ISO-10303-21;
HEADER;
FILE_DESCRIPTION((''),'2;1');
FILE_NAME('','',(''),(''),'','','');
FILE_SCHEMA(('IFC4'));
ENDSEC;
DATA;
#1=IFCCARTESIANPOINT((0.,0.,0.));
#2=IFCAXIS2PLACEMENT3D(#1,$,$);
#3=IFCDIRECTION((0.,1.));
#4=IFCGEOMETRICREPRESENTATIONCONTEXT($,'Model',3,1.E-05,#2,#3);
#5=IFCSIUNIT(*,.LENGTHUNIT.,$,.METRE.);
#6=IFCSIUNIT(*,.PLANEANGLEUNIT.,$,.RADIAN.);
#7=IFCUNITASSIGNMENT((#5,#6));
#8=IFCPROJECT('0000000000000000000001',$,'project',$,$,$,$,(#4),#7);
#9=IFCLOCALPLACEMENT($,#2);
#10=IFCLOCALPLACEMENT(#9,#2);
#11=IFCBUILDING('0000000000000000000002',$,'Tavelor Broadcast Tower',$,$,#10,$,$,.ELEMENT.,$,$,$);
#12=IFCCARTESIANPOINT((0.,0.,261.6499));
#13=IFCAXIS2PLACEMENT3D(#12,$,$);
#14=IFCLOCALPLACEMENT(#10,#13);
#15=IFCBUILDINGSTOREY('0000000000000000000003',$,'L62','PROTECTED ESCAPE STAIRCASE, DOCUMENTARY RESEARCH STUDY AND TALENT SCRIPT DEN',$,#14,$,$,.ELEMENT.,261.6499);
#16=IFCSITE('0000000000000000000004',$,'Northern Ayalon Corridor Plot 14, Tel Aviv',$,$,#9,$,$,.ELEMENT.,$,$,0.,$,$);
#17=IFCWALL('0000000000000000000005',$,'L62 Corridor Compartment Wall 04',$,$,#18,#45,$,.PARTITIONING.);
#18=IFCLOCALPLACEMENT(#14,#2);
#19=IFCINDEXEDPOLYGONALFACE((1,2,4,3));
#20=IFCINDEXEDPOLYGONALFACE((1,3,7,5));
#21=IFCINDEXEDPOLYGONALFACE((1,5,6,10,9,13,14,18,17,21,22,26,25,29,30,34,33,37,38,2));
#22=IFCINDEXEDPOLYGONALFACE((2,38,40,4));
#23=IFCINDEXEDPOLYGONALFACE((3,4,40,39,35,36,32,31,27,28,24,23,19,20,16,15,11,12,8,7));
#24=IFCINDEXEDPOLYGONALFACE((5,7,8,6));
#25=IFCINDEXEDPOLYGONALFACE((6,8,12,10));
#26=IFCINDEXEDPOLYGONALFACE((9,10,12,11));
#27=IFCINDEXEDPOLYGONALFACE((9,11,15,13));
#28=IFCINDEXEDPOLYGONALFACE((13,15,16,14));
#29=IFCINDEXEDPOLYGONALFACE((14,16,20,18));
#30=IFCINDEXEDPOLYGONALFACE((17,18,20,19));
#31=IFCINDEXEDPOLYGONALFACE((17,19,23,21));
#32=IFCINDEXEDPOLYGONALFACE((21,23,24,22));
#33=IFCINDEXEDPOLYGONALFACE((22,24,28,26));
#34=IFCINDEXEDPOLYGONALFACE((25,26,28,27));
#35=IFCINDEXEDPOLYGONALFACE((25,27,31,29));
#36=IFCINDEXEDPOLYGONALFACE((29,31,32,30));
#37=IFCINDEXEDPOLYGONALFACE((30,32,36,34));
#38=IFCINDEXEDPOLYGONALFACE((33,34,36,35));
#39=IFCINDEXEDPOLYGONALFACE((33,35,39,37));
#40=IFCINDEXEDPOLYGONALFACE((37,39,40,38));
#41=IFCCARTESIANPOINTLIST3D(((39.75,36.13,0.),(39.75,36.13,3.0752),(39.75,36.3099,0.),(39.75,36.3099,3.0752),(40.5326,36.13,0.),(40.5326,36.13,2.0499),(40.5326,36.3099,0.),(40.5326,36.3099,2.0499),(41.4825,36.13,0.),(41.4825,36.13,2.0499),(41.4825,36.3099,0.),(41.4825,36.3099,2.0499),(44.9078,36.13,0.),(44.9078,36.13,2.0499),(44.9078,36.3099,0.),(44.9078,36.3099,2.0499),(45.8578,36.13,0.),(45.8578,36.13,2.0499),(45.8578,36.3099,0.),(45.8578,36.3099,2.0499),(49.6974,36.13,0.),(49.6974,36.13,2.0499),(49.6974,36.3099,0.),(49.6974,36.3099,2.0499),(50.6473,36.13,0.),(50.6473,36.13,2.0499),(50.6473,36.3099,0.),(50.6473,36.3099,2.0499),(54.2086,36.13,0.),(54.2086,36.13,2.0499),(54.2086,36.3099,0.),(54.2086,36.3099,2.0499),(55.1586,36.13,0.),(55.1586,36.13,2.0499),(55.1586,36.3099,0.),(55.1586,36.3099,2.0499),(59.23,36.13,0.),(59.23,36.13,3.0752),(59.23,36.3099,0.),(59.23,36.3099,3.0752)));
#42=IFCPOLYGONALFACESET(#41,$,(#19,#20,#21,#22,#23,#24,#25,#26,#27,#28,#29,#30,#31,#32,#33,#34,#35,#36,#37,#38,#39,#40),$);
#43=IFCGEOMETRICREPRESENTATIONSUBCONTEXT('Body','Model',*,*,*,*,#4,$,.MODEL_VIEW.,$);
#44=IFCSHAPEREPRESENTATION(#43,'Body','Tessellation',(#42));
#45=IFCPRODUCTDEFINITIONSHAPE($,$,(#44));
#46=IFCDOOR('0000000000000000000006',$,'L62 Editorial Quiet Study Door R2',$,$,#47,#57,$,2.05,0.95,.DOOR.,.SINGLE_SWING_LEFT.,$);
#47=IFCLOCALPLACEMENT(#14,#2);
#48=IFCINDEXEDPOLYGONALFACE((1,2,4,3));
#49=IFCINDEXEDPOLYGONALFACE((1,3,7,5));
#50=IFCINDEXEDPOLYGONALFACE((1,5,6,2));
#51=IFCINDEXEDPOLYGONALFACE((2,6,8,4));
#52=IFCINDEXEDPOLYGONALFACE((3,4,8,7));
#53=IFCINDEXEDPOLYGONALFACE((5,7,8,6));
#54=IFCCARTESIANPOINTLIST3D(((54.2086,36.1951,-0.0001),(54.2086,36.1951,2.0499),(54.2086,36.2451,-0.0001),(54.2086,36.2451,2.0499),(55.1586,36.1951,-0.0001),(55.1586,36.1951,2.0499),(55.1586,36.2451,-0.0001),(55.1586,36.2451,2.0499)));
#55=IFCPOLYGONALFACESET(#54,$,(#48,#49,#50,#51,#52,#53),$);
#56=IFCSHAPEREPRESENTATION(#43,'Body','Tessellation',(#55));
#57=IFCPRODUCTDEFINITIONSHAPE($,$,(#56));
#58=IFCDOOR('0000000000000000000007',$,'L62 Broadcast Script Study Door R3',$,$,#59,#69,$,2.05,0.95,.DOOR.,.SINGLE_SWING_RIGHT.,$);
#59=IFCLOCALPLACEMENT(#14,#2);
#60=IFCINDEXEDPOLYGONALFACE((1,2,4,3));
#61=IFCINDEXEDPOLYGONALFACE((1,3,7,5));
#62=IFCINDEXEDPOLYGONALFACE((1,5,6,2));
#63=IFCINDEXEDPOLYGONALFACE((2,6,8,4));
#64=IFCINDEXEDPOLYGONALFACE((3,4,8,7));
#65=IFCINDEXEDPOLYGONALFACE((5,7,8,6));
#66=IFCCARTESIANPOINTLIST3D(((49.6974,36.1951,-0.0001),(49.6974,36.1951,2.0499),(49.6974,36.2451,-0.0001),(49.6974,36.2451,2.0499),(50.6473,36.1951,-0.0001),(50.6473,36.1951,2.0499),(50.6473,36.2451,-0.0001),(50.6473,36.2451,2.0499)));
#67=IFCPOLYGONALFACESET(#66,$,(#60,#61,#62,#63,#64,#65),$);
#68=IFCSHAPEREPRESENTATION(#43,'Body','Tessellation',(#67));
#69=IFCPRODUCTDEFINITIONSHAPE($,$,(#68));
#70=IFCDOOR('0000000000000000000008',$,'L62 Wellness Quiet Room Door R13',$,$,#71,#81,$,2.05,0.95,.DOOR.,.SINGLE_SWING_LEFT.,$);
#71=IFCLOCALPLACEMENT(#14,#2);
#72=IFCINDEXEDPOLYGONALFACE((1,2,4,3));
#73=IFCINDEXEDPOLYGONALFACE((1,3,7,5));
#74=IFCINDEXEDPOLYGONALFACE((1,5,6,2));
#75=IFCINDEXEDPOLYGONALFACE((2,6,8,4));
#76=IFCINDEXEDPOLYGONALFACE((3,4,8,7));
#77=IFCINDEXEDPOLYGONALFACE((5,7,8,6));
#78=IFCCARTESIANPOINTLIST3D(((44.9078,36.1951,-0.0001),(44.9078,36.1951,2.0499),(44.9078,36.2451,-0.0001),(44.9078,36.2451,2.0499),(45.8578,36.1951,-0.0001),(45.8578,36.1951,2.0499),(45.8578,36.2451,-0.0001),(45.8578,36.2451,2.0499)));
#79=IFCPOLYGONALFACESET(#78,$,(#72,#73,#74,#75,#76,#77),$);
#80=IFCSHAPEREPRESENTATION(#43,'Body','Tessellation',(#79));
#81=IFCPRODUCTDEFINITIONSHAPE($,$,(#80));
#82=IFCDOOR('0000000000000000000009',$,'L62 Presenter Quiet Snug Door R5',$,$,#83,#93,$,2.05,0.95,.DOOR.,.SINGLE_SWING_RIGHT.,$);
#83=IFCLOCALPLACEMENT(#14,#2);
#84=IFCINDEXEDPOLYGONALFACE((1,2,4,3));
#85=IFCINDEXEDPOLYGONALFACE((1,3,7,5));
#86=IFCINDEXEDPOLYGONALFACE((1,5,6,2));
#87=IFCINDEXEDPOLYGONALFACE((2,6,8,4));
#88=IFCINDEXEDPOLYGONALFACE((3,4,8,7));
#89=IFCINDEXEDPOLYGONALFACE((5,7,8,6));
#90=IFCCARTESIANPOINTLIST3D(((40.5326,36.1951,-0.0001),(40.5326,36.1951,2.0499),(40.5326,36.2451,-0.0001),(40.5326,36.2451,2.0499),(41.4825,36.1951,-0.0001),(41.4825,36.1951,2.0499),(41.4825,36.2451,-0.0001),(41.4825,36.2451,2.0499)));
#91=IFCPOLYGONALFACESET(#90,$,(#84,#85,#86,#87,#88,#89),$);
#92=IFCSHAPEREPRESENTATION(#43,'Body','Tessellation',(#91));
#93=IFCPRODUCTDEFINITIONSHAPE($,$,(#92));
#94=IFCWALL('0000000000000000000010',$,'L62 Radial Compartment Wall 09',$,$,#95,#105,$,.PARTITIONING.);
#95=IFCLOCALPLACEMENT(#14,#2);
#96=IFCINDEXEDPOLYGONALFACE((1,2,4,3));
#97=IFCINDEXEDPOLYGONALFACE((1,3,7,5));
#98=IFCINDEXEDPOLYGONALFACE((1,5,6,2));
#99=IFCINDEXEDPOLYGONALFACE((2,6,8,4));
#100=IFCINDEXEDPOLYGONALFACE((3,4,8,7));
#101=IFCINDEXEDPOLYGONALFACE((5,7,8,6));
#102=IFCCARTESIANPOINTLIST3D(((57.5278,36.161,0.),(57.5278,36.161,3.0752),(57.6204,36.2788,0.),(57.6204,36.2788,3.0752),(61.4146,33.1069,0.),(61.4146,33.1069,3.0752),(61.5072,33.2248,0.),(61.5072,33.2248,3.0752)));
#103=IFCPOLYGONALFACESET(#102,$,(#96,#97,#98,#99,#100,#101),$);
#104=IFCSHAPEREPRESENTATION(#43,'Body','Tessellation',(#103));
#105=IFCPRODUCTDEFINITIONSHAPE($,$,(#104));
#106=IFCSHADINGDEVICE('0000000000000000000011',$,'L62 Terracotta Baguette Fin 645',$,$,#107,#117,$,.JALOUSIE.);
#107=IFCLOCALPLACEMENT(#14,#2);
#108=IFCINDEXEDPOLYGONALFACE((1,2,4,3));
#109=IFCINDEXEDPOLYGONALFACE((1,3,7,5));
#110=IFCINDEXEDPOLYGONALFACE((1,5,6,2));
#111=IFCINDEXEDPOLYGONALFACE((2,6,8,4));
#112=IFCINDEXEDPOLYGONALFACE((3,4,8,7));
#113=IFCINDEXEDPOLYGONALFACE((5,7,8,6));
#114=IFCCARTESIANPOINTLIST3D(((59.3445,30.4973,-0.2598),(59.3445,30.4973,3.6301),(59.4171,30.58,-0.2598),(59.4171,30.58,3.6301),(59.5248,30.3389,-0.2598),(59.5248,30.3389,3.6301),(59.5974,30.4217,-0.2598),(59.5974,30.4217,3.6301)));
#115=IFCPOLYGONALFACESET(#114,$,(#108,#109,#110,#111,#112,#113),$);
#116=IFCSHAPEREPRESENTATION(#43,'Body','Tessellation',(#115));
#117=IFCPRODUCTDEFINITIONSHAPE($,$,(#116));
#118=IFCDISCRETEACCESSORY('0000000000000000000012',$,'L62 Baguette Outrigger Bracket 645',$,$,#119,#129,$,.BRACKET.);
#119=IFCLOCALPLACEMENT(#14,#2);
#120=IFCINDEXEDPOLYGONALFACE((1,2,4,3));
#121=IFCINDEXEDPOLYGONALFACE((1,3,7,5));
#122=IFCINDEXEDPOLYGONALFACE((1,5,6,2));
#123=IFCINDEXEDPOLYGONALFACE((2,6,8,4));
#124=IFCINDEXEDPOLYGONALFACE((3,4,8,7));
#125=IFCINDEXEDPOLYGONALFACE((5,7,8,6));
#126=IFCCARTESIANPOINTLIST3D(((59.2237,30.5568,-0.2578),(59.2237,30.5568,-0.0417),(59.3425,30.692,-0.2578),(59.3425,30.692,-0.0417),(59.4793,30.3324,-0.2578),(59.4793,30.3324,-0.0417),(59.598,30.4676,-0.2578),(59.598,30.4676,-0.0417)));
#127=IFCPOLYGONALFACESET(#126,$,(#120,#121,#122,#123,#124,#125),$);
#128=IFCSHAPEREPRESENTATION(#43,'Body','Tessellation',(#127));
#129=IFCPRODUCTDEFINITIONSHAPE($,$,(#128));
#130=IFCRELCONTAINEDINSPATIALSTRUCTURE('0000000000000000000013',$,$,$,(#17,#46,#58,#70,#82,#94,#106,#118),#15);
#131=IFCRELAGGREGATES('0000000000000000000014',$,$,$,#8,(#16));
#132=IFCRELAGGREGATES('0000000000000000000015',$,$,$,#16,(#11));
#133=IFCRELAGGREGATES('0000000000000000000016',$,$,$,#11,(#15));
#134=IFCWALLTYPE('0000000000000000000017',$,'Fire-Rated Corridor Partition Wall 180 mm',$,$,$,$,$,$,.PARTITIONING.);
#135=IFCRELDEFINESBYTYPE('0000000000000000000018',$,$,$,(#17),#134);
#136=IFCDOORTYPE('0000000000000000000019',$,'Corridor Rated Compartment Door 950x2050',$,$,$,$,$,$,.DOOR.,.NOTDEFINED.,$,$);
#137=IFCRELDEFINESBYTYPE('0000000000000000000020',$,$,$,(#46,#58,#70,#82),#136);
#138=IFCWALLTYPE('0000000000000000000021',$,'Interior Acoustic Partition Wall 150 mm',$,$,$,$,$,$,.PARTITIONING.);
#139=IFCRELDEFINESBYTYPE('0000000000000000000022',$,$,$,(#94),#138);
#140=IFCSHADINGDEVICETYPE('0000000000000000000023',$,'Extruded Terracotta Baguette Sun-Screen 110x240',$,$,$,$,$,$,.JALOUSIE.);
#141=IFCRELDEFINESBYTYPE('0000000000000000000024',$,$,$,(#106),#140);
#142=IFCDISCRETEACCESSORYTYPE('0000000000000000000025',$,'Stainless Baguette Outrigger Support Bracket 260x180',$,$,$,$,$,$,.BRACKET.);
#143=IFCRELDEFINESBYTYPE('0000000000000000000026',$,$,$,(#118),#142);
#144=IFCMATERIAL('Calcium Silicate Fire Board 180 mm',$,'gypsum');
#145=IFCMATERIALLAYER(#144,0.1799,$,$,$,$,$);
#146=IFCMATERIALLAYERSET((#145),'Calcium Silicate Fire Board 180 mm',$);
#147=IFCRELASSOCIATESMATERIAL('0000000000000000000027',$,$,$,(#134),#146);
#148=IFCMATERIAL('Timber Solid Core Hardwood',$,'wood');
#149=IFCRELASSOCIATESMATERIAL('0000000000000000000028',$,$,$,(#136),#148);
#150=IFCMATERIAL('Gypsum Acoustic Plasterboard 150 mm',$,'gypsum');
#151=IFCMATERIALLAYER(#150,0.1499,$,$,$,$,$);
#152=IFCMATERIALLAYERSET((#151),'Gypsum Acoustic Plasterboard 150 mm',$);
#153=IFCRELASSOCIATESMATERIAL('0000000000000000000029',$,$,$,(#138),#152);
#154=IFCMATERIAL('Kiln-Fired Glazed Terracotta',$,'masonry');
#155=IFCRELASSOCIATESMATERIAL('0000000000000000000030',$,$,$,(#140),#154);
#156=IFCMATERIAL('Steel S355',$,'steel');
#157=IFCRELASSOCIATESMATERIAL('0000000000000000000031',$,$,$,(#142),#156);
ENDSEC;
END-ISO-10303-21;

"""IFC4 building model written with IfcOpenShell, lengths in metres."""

from ifc_helpers import new_model, si_unit, direction, frame, frame_2d, origin, origin_2d, place, context, subcontext, project, spatial, rectangle, extrude, source, transform, mapped, material, layer, layer_set, type_object, type_shapes, element, fill, save


model = new_model("IFC4")

# Units and contexts
model_context = context("Model", 3, precision=1e-05, world=origin(), true_north=direction((0.0, 1.0)))
body_context = subcontext(model_context, "Body", "Model", "MODEL_VIEW")
ifc_project = project(units=[si_unit("LENGTHUNIT", "METRE"), si_unit("PLANEANGLEUNIT", "RADIAN")], contexts=[model_context])

# Site, building, storey
site_placement = place(None, origin())
site = spatial("IfcSite", under=ifc_project, at=site_placement, Name="Northern Ayalon Corridor Plot 14, Tel Aviv", CompositionType="ELEMENT", RefElevation=0.0)
building_placement = place(site_placement, origin())
building = spatial("IfcBuilding", under=site, at=building_placement, Name="Tavelor Broadcast Tower", CompositionType="ELEMENT")
storey_placement = place(building_placement, frame((0.0, 0.0, 261.6499)))
storey = spatial("IfcBuildingStorey", under=building, at=storey_placement, Name="L62", Description="PROTECTED ESCAPE STAIRCASE, DOCUMENTARY RESEARCH STUDY AND TALENT SCRIPT DEN", CompositionType="ELEMENT", Elevation=261.6499)

# Shared definitions
ifc_material_1 = material(Name="Steel S355", Category="steel")

# Wall, openings, doors
ifc_material_2 = material(Name="Calcium Silicate Fire Board 180 mm", Category="gypsum")
ifc_layer_1 = layer(ifc_material_2, 0.1799)
ifc_layer_set_1 = layer_set([ifc_layer_1], Name="Calcium Silicate Fire Board 180 mm")
wall_type_1 = type_object("IfcWallType", Name="Fire-Rated Corridor Partition Wall 180 mm", PredefinedType="PARTITIONING", material=ifc_layer_set_1)
wall_1_placement = place(storey_placement, frame((59.23, 36.22, 0.0), z_axis=(0.0, 0.0, 1.0), x_axis=(-1.0, 0.0, 0.0)))
wall_1 = element("IfcWall", 1, at=wall_1_placement, inside=storey, type_object=wall_type_1, Name="L62 Corridor Compartment Wall 04", PredefinedType="PARTITIONING", context=body_context, shape_type="SweptSolid", body=[
    extrude(rectangle(XDim=19.48, YDim=0.1799, at=frame_2d((9.74, 0.0))), origin(), (0.0, 0.0, 1.0), 3.0752),
])
opening_1_placement = place(wall_1_placement, frame((4.0713, 0.0, 0.0)))
opening_1 = element("IfcOpeningElement", 2, at=opening_1_placement, cuts=wall_1, PredefinedType="OPENING", context=body_context, shape_type="SweptSolid", body=[
    extrude(rectangle(XDim=0.95, YDim=2.05, at=frame_2d((0.4751, 1.0249))), frame((0.0, 0.1001, 0.0), z_axis=(0.0, -1.0, 0.0), x_axis=(1.0, 0.0, 0.0)), (0.0, 0.0, 1.0), 0.2),
])
opening_2_placement = place(wall_1_placement, frame((8.5825, 0.0, 0.0)))
opening_2 = element("IfcOpeningElement", 3, at=opening_2_placement, cuts=wall_1, PredefinedType="OPENING", context=body_context, shape_type="SweptSolid", body=[
    extrude(rectangle(XDim=0.95, YDim=2.05, at=frame_2d((0.4751, 1.0249))), frame((0.0, 0.1001, 0.0), z_axis=(0.0, -1.0, 0.0), x_axis=(1.0, 0.0, 0.0)), (0.0, 0.0, 1.0), 0.2),
])
opening_3_placement = place(wall_1_placement, frame((13.3721, 0.0, 0.0)))
opening_3 = element("IfcOpeningElement", 4, at=opening_3_placement, cuts=wall_1, PredefinedType="OPENING", context=body_context, shape_type="SweptSolid", body=[
    extrude(rectangle(XDim=0.95, YDim=2.05, at=frame_2d((0.4751, 1.0249))), frame((0.0, 0.1001, 0.0), z_axis=(0.0, -1.0, 0.0), x_axis=(1.0, 0.0, 0.0)), (0.0, 0.0, 1.0), 0.2),
])
opening_4_placement = place(wall_1_placement, frame((17.7473, 0.0, 0.0)))
opening_4 = element("IfcOpeningElement", 5, at=opening_4_placement, cuts=wall_1, PredefinedType="OPENING", context=body_context, shape_type="SweptSolid", body=[
    extrude(rectangle(XDim=0.95, YDim=2.05, at=frame_2d((0.4751, 1.0249))), frame((0.0, 0.1001, 0.0), z_axis=(0.0, -1.0, 0.0), x_axis=(1.0, 0.0, 0.0)), (0.0, 0.0, 1.0), 0.2),
])
ifc_material_3 = material(Name="Timber Solid Core Hardwood", Category="wood")
door_type = type_object("IfcDoorType", Name="Corridor Rated Compartment Door 950x2050", OperationType="NOTDEFINED", PredefinedType="DOOR", material=ifc_material_3)
door_1_placement = place(opening_1_placement, origin())
door_1 = element("IfcDoor", 6, at=door_1_placement, inside=storey, type_object=door_type, Name="L62 Editorial Quiet Study Door R2", OperationType="SINGLE_SWING_LEFT", OverallHeight=2.05, OverallWidth=0.95, PredefinedType="DOOR", context=body_context, shape_type="SweptSolid", body=[
    extrude(rectangle(XDim=0.95, YDim=2.05, at=frame_2d((0.4751, 1.0249))), frame((0.0, 0.0249, 0.0), z_axis=(0.0, -1.0, 0.0), x_axis=(1.0, 0.0, 0.0)), (0.0, 0.0, 1.0), 0.05),
])
fill(opening_1, door_1)
door_2_placement = place(opening_2_placement, origin())
door_2 = element("IfcDoor", 7, at=door_2_placement, inside=storey, type_object=door_type, Name="L62 Broadcast Script Study Door R3", OperationType="SINGLE_SWING_RIGHT", OverallHeight=2.05, OverallWidth=0.95, PredefinedType="DOOR", context=body_context, shape_type="SweptSolid", body=[
    extrude(rectangle(XDim=0.95, YDim=2.05, at=frame_2d((0.4751, 1.0249))), frame((0.0, 0.0249, 0.0), z_axis=(0.0, -1.0, 0.0), x_axis=(1.0, 0.0, 0.0)), (0.0, 0.0, 1.0), 0.05),
])
fill(opening_2, door_2)
door_3_placement = place(opening_3_placement, origin())
door_3 = element("IfcDoor", 8, at=door_3_placement, inside=storey, type_object=door_type, Name="L62 Wellness Quiet Room Door R13", OperationType="SINGLE_SWING_LEFT", OverallHeight=2.05, OverallWidth=0.95, PredefinedType="DOOR", context=body_context, shape_type="SweptSolid", body=[
    extrude(rectangle(XDim=0.95, YDim=2.05, at=frame_2d((0.4751, 1.0249))), frame((0.0, 0.0249, 0.0), z_axis=(0.0, -1.0, 0.0), x_axis=(1.0, 0.0, 0.0)), (0.0, 0.0, 1.0), 0.05),
])
fill(opening_3, door_3)
door_4_placement = place(opening_4_placement, origin())
door_4 = element("IfcDoor", 9, at=door_4_placement, inside=storey, type_object=door_type, Name="L62 Presenter Quiet Snug Door R5", OperationType="SINGLE_SWING_RIGHT", OverallHeight=2.05, OverallWidth=0.95, PredefinedType="DOOR", context=body_context, shape_type="SweptSolid", body=[
    extrude(rectangle(XDim=0.95, YDim=2.05, at=frame_2d((0.4751, 1.0249))), frame((0.0, 0.0249, 0.0), z_axis=(0.0, -1.0, 0.0), x_axis=(1.0, 0.0, 0.0)), (0.0, 0.0, 1.0), 0.05),
])
fill(opening_4, door_4)

# Wall
ifc_material_4 = material(Name="Gypsum Acoustic Plasterboard 150 mm", Category="gypsum")
ifc_layer_2 = layer(ifc_material_4, 0.1499)
ifc_layer_set_2 = layer_set([ifc_layer_2], Name="Gypsum Acoustic Plasterboard 150 mm")
wall_type_2 = type_object("IfcWallType", Name="Interior Acoustic Partition Wall 150 mm", PredefinedType="PARTITIONING", material=ifc_layer_set_2)
wall_2_placement = place(storey_placement, frame((57.574, 36.22, 0.0), z_axis=(0.0, 0.0, 1.0), x_axis=(0.786308, -0.617835, 0.0)))
element("IfcWall", 10, at=wall_2_placement, inside=storey, type_object=wall_type_2, Name="L62 Radial Compartment Wall 09", PredefinedType="PARTITIONING", context=body_context, shape_type="SweptSolid", body=[
    extrude(rectangle(XDim=4.9431, YDim=0.1499, at=frame_2d((2.4717, 0.0))), origin(), (0.0, 0.0, 1.0), 3.0752),
])

# Shading device
ifc_material_5 = material(Name="Kiln-Fired Glazed Terracotta", Category="masonry")
shading_device_type = type_object("IfcShadingDeviceType", Name="Extruded Terracotta Baguette Sun-Screen 110x240", PredefinedType="JALOUSIE", material=ifc_material_5)
shared_shape_1 = source(origin(), body_context, "Body", "SweptSolid", [
    extrude(rectangle(XDim=0.1101, YDim=0.24, at=origin_2d()), origin(), (0.0, 0.0, 1.0), 3.8899),
])
type_shapes(shading_device_type, [shared_shape_1])
shading_device_placement = place(storey_placement, frame((59.4709, 30.4595, -0.2598), z_axis=(0.0, 0.0, 1.0), x_axis=(0.659739, 0.751494, 0.0)))
element("IfcShadingDevice", 11, at=shading_device_placement, inside=storey, type_object=shading_device_type, Name="L62 Terracotta Baguette Fin 645", PredefinedType="JALOUSIE", context=body_context, shape_type="MappedRepresentation", body=[
    mapped(shared_shape_1, transform((0.0, 0.0, 0.0), scale=1.0)),
])

# Discrete accessory
discrete_accessory_type = type_object("IfcDiscreteAccessoryType", Name="Stainless Baguette Outrigger Support Bracket 260x180", PredefinedType="BRACKET", material=ifc_material_1)
shared_shape_2 = source(origin(), body_context, "Body", "SweptSolid", [
    extrude(rectangle(XDim=0.1799, YDim=0.3401, at=origin_2d()), origin(), (0.0, 0.0, 1.0), 0.2161),
])
type_shapes(discrete_accessory_type, [shared_shape_2])
discrete_accessory_placement = place(storey_placement, frame((59.4109, 30.5122, -0.2578), z_axis=(0.0, 0.0, 1.0), x_axis=(0.659739, 0.751494, 0.0)))
element("IfcDiscreteAccessory", 12, at=discrete_accessory_placement, inside=storey, type_object=discrete_accessory_type, Name="L62 Baguette Outrigger Bracket 645", PredefinedType="BRACKET", context=body_context, shape_type="MappedRepresentation", body=[
    mapped(shared_shape_2, transform((0.0, 0.0, 0.0), scale=1.0)),
])

save(model, "model.ifc")
